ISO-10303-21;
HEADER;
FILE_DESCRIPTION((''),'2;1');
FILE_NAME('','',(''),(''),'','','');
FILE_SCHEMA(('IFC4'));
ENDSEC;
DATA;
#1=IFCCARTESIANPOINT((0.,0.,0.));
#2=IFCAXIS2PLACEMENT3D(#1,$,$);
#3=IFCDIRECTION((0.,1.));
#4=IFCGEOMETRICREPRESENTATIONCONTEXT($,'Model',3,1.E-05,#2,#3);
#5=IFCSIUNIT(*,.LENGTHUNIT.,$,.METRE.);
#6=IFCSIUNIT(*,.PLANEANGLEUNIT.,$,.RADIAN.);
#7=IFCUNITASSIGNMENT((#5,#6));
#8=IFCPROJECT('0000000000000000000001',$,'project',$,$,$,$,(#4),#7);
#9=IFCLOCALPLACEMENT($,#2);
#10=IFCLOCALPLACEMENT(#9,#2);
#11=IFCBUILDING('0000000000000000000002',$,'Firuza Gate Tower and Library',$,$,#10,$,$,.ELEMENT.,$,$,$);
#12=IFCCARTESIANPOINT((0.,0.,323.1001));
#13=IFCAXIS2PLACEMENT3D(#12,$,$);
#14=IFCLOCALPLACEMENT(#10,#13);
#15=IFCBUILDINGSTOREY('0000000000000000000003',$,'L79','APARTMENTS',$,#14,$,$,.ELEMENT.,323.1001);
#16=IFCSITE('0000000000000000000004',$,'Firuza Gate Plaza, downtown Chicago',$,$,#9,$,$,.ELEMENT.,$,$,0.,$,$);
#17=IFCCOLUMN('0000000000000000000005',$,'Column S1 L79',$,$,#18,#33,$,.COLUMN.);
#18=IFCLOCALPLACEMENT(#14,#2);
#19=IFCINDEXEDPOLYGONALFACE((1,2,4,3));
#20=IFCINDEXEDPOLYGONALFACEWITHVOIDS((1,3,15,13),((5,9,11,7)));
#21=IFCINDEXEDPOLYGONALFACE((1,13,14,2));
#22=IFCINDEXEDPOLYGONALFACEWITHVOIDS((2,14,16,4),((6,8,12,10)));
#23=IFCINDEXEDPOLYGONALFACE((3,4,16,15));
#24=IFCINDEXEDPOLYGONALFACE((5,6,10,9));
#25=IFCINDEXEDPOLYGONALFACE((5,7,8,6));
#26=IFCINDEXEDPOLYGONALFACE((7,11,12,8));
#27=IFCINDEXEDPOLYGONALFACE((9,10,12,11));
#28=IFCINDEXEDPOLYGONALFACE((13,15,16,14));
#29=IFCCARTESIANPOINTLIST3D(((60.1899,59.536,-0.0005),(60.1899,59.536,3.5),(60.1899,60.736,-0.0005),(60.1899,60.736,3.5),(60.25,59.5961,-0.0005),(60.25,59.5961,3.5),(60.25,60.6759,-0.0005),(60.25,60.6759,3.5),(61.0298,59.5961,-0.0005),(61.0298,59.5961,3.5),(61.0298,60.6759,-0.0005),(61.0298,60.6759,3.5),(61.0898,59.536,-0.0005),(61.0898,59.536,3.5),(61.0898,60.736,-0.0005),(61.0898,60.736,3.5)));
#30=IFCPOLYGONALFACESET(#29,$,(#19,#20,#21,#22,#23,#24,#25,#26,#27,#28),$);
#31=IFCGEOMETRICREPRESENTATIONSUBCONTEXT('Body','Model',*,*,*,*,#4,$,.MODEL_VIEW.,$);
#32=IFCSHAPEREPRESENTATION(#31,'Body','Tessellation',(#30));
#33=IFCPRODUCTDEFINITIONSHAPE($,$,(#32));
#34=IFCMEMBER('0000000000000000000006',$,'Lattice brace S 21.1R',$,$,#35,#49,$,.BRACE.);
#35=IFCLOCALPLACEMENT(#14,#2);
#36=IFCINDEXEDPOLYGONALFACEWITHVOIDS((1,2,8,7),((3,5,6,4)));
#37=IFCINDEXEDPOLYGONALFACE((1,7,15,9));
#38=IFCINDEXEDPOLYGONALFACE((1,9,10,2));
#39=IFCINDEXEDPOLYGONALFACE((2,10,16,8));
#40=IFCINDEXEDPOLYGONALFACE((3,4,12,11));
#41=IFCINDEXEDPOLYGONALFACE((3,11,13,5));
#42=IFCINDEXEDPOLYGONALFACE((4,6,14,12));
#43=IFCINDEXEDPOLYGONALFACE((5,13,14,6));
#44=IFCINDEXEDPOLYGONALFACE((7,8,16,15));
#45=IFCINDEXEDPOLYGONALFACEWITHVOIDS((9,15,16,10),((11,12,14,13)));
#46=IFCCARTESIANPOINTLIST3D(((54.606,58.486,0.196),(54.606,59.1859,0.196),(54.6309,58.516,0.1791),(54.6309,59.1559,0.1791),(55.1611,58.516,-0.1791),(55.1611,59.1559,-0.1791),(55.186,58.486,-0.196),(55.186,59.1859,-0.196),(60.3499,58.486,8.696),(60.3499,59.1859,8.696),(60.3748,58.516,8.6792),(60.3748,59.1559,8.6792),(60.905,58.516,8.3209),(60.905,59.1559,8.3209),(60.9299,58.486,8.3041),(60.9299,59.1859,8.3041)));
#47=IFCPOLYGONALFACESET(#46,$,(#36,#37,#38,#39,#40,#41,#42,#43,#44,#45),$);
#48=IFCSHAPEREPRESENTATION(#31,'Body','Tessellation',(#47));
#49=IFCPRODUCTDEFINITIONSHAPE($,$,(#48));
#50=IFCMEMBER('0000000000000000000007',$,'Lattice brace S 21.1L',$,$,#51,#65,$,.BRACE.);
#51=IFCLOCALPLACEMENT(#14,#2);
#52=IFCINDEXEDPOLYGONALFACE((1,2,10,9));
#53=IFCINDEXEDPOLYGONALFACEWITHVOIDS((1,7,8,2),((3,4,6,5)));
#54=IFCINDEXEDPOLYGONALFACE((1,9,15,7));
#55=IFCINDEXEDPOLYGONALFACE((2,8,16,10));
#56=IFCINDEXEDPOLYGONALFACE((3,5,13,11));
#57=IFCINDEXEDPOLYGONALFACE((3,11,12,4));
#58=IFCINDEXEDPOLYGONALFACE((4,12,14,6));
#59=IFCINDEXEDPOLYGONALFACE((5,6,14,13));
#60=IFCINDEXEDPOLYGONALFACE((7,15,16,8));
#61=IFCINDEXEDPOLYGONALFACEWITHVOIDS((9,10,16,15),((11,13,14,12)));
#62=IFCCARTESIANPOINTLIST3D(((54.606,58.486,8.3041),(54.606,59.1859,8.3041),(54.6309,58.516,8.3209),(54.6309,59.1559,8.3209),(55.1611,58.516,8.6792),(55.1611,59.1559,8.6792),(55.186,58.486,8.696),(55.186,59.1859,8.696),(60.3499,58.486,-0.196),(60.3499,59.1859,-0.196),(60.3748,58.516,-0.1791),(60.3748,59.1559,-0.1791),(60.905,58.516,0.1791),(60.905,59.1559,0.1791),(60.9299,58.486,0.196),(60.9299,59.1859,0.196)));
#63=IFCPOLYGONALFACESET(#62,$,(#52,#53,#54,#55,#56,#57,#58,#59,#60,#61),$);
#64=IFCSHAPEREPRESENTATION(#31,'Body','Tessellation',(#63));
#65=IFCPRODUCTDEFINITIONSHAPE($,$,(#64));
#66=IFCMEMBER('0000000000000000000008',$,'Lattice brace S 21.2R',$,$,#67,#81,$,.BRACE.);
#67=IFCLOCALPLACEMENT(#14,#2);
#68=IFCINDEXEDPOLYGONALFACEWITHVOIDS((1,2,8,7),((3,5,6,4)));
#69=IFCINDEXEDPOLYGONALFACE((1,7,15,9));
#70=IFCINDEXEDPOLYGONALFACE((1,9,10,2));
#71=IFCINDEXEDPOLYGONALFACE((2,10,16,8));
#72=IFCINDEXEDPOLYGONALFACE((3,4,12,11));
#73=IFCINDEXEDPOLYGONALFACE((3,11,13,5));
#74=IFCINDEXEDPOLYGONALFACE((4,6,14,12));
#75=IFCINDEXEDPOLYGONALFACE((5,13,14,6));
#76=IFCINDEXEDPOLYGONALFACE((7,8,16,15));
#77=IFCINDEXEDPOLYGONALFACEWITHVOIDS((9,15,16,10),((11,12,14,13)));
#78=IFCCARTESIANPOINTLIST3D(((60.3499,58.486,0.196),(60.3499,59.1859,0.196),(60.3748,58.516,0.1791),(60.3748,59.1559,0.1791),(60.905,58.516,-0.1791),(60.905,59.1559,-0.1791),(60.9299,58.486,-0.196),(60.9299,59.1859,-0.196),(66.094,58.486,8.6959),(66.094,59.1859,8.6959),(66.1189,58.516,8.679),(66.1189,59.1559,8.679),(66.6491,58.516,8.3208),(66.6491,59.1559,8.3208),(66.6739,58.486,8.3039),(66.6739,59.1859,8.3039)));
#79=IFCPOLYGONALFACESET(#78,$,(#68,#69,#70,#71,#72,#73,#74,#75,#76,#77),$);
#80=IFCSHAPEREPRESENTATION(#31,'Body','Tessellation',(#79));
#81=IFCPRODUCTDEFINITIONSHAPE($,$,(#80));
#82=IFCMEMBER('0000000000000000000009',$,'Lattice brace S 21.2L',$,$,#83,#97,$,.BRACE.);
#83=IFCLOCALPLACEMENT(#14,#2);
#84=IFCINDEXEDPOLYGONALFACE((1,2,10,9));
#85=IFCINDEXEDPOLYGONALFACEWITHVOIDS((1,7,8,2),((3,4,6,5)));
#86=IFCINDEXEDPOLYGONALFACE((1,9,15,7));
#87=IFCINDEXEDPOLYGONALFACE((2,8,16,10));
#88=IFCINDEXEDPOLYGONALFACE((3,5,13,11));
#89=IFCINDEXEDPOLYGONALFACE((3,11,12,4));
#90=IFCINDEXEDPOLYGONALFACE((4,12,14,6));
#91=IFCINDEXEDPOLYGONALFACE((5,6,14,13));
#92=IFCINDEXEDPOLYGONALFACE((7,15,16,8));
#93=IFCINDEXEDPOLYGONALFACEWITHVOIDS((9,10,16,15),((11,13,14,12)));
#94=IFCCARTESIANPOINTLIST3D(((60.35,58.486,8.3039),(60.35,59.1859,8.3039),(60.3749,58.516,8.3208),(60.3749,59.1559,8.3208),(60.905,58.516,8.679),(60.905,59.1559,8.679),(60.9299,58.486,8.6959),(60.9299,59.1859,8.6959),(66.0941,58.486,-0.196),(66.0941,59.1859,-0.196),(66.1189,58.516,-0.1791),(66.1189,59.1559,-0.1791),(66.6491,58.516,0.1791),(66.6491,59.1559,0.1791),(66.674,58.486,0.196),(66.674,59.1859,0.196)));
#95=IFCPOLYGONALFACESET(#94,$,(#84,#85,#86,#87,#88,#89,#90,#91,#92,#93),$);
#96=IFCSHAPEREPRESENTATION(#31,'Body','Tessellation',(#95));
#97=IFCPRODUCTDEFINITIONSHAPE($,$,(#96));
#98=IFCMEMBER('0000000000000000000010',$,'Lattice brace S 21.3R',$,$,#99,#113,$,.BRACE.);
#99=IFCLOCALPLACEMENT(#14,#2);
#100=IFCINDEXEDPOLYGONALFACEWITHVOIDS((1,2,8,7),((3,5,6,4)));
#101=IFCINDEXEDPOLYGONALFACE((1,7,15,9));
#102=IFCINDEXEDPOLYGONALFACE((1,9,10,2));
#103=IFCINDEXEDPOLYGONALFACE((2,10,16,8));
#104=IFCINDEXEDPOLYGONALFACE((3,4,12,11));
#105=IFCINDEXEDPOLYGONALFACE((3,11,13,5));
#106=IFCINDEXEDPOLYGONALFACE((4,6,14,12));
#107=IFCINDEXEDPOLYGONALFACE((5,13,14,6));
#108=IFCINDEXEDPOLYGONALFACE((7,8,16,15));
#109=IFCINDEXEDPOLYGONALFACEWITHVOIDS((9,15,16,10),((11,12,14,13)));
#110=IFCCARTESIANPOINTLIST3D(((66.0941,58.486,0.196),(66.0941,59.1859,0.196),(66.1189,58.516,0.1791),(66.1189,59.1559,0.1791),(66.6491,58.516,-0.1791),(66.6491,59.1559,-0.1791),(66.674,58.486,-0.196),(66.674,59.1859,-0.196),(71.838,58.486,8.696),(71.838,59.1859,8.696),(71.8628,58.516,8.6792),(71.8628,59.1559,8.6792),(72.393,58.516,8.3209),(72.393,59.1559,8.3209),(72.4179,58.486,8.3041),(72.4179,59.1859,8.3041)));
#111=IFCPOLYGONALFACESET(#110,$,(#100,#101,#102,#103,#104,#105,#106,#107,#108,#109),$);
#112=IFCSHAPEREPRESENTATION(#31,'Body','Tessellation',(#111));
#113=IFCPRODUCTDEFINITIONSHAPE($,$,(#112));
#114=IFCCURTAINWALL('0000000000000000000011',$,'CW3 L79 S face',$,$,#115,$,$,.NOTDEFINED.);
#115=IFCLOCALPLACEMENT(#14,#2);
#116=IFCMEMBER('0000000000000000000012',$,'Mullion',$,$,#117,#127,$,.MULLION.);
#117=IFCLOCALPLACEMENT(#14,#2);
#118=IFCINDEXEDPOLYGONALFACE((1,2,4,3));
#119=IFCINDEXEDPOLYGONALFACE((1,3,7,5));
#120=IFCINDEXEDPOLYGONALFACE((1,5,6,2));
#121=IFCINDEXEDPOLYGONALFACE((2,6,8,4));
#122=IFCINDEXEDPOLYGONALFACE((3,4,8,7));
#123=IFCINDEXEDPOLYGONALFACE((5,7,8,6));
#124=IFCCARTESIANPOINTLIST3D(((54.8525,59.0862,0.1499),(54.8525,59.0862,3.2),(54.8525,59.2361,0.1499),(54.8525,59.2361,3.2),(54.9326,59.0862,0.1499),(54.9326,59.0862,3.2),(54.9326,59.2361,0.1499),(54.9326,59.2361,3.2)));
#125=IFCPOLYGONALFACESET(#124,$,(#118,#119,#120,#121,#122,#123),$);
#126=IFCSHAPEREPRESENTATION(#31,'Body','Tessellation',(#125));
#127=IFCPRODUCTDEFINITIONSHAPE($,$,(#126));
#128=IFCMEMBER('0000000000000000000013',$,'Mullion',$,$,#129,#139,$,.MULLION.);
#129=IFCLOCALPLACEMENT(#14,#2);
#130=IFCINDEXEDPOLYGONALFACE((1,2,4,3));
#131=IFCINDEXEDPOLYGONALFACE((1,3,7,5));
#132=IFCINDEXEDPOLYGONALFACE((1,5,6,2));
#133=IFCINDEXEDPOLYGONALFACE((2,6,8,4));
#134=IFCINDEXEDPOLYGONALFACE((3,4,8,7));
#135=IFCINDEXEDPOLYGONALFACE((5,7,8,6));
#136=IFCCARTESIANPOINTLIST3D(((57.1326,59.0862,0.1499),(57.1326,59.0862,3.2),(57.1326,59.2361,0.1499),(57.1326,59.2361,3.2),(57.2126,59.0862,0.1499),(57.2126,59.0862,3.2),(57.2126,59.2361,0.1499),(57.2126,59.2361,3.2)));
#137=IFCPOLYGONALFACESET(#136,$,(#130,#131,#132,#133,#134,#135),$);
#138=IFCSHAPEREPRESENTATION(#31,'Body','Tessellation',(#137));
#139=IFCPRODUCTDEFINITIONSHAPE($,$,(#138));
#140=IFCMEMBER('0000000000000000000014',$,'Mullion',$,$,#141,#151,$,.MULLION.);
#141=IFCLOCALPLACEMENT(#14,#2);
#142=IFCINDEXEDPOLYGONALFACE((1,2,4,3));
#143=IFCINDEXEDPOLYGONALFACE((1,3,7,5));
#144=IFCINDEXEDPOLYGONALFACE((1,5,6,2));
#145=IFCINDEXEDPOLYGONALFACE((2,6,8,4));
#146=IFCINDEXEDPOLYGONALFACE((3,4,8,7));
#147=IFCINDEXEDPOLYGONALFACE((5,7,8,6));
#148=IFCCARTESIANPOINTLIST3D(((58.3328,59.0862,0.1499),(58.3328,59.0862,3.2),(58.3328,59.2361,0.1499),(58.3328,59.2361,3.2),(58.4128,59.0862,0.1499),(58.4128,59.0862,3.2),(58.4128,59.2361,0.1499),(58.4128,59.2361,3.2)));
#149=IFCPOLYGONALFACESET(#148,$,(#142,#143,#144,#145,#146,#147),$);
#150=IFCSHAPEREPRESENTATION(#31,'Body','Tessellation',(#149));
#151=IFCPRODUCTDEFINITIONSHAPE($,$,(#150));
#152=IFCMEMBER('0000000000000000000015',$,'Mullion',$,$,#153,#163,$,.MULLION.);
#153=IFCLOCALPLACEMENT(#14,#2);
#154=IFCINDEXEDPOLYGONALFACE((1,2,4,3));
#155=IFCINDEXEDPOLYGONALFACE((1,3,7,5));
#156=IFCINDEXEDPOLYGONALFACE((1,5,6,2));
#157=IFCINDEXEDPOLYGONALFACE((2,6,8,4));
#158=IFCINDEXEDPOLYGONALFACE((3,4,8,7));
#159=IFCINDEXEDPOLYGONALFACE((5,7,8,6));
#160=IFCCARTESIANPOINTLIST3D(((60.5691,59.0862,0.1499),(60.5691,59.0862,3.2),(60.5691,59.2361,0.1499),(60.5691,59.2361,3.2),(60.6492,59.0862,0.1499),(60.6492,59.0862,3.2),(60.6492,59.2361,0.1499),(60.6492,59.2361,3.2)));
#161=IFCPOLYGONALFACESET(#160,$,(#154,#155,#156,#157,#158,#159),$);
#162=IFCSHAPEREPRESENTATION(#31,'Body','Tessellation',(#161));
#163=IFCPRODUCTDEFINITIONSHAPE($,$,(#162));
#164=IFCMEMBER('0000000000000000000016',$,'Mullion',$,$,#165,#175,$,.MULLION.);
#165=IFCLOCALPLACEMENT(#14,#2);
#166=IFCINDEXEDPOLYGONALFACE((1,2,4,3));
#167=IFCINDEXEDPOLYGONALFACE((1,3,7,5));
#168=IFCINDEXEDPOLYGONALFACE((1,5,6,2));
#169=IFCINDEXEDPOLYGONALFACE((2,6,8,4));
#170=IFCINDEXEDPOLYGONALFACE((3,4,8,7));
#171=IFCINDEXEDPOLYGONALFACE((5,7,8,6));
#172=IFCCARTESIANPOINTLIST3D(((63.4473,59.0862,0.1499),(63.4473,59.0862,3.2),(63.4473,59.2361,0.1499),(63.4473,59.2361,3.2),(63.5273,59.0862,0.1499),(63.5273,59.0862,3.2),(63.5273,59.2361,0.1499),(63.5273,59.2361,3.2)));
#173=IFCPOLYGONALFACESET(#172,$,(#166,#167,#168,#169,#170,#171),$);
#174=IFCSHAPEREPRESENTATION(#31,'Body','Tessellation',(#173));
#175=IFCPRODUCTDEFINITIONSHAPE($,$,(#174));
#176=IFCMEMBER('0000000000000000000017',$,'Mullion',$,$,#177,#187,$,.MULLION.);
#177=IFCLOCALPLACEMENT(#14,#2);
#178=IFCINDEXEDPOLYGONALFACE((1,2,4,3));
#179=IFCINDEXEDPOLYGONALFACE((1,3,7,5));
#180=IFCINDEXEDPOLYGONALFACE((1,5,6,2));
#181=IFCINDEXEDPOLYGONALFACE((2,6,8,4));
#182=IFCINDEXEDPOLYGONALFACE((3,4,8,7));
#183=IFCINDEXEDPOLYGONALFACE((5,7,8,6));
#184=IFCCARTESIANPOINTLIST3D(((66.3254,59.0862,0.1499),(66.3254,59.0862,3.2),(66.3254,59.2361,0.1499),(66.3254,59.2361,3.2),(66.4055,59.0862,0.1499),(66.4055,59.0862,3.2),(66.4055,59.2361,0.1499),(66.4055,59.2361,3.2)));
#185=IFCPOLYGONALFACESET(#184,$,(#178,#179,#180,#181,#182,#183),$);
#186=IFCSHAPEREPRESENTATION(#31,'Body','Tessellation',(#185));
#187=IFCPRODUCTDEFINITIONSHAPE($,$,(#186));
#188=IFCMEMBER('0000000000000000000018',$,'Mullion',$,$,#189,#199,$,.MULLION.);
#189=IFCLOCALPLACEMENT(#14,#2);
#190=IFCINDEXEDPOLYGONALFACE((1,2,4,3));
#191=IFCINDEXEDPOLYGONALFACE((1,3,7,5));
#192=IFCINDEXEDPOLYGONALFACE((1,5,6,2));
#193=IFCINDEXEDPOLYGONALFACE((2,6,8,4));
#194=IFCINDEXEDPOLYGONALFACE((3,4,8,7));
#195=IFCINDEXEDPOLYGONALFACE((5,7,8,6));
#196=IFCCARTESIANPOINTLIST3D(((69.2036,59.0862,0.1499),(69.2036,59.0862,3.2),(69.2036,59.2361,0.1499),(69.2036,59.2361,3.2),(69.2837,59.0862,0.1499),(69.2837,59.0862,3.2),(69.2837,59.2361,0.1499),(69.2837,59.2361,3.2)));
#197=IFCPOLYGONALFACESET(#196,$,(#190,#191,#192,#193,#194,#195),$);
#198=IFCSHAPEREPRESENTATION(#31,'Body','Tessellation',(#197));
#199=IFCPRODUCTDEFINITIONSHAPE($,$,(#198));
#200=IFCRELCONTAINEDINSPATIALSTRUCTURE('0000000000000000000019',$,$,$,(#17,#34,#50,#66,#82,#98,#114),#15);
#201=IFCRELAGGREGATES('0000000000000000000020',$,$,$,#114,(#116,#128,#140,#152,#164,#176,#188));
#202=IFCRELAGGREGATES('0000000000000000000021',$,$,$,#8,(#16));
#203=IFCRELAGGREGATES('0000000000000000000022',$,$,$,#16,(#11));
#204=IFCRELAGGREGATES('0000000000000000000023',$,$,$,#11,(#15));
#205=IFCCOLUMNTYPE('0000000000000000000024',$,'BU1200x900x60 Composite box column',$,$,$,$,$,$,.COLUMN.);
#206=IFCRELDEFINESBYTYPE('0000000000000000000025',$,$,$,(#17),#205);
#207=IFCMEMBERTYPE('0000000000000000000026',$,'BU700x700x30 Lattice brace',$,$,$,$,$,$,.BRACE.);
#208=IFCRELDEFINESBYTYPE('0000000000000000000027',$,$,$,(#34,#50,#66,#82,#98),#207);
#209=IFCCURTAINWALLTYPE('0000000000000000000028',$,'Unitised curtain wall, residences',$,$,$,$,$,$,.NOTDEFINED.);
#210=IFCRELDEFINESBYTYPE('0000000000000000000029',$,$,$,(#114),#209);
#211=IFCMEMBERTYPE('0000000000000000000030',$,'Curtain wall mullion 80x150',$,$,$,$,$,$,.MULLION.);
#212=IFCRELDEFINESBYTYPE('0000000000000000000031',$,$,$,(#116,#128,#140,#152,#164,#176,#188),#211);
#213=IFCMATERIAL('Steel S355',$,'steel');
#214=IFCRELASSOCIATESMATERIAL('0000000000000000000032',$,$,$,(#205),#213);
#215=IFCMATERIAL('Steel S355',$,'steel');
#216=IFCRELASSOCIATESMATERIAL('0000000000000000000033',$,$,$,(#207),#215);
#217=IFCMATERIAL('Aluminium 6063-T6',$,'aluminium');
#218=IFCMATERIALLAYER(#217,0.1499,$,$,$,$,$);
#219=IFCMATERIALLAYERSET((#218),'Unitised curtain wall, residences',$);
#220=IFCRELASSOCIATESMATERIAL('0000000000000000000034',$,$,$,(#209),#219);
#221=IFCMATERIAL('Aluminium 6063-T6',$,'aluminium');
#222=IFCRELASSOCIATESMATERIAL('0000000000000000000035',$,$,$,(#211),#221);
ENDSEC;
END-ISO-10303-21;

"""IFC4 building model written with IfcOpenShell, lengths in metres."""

from ifc_helpers import new_model, si_unit, direction, frame, origin, origin_2d, place, context, subcontext, project, spatial, rectangle, hollow_rectangle, extrude, material, layer, layer_set, material_profile, profile_set, type_object, element, aggregate, save


model = new_model("IFC4")

# Units and contexts
model_context = context("Model", 3, precision=1e-05, world=origin(), true_north=direction((0.0, 1.0)))
body_context = subcontext(model_context, "Body", "Model", "MODEL_VIEW")
ifc_project = project(units=[si_unit("LENGTHUNIT", "METRE"), si_unit("PLANEANGLEUNIT", "RADIAN")], contexts=[model_context])

# Site, building, storey
site_placement = place(None, origin())
site = spatial("IfcSite", under=ifc_project, at=site_placement, Name="Firuza Gate Plaza, downtown Chicago", CompositionType="ELEMENT", RefElevation=0.0)
building_placement = place(site_placement, origin())
building = spatial("IfcBuilding", under=site, at=building_placement, Name="Firuza Gate Tower and Library", CompositionType="ELEMENT")
storey_placement = place(building_placement, frame((0.0, 0.0, 323.1001)))
storey = spatial("IfcBuildingStorey", under=building, at=storey_placement, Name="L79", Description="APARTMENTS", CompositionType="ELEMENT", Elevation=323.1001)

# Column
ifc_material_1 = material(Name="Steel S355", Category="steel")
ifc_material_profile_1 = material_profile(ifc_material_1, hollow_rectangle(XDim=0.8999, YDim=1.2, WallThickness=0.0601, at=origin_2d()))
ifc_profile_set_1 = profile_set([ifc_material_profile_1], Name="Steel S355")
column_type = type_object("IfcColumnType", Name="BU1200x900x60 Composite box column", PredefinedType="COLUMN", material=ifc_profile_set_1)
column_placement = place(storey_placement, frame((60.6399, 60.136, -0.0005), z_axis=(0.0, 0.0, 1.0), x_axis=(1.0, 0.0, 0.0)))
element("IfcColumn", 1, at=column_placement, inside=storey, type_object=column_type, Name="Column S1 L79", PredefinedType="COLUMN", context=body_context, shape_type="SweptSolid", body=[
    extrude(hollow_rectangle(XDim=0.8999, YDim=1.2, WallThickness=0.0601, at=origin_2d()), origin(), (0.0, 0.0, 1.0), 3.5005),
])

# Members
ifc_material_2 = material(Name="Steel S355", Category="steel")
ifc_material_profile_2 = material_profile(ifc_material_2, hollow_rectangle(XDim=0.7, YDim=0.7, WallThickness=0.03, at=origin_2d()))
ifc_profile_set_2 = profile_set([ifc_material_profile_2], Name="Steel S355")
member_type_1 = type_object("IfcMemberType", Name="BU700x700x30 Lattice brace", PredefinedType="BRACE", material=ifc_profile_set_2)
for number, where, z_axis, x_axis, name in (
    (2, (54.896, 58.8359, 0.0), (0.559901, 0.0, 0.828559), (0.0, 1.0, 0.0), "Lattice brace S 21.1R"),
    (3, (60.6399, 58.8359, 0.0), (-0.559901, 0.0, 0.828559), (0.0, -1.0, 0.0), "Lattice brace S 21.1L"),
    (4, (60.6399, 58.8359, 0.0), (0.559917, 0.0, 0.828548), (0.0, 1.0, 0.0), "Lattice brace S 21.2R"),
    (5, (66.384, 58.8359, 0.0), (-0.559917, 0.0, 0.828548), (0.0, -1.0, 0.0), "Lattice brace S 21.2L"),
    (6, (66.384, 58.8359, 0.0), (0.559901, 0.0, 0.828559), (0.0, 1.0, 0.0), "Lattice brace S 21.3R"),
):
    element("IfcMember", number, at=place(storey_placement, frame(where, z_axis=z_axis, x_axis=x_axis)), inside=storey, type_object=member_type_1, Name=name, PredefinedType="BRACE", context=body_context, shape_type="SweptSolid", body=[
        extrude(hollow_rectangle(XDim=0.7, YDim=0.7, WallThickness=0.03, at=origin_2d()), origin(), (0.0, 0.0, 1.0), 10.2588),
    ])

# Curtain wall, members
ifc_material_3 = material(Name="Aluminium 6063-T6", Category="aluminium")
ifc_layer_1 = layer(ifc_material_3, 0.1499)
ifc_layer_set_1 = layer_set([ifc_layer_1], Name="Unitised curtain wall, residences")
curtain_wall_type = type_object("IfcCurtainWallType", Name="Unitised curtain wall, residences", PredefinedType="NOTDEFINED", material=ifc_layer_set_1)
curtain_wall_placement = place(storey_placement, origin())
curtain_wall = element("IfcCurtainWall", 7, at=curtain_wall_placement, inside=storey, type_object=curtain_wall_type, Name="CW3 L79 S face", PredefinedType="NOTDEFINED")
ifc_material_4 = material(Name="Aluminium 6063-T6", Category="aluminium")
ifc_material_profile_3 = material_profile(ifc_material_4, rectangle(XDim=0.1499, YDim=0.0801, at=origin_2d()))
ifc_profile_set_3 = profile_set([ifc_material_profile_3], Name="Aluminium 6063-T6")
member_type_2 = type_object("IfcMemberType", Name="Curtain wall mullion 80x150", PredefinedType="MULLION", material=ifc_profile_set_3)
member_1_placement = place(storey_placement, frame((54.8926, 59.1611, 0.1499), z_axis=(0.0, 0.0, 1.0), x_axis=(0.0, 1.0, 0.0)))
member_1 = element("IfcMember", 8, at=member_1_placement, type_object=member_type_2, Name="Mullion", PredefinedType="MULLION", context=body_context, shape_type="SweptSolid", body=[
    extrude(rectangle(XDim=0.1499, YDim=0.0801, at=origin_2d()), origin(), (0.0, 0.0, 1.0), 3.05),
])
member_2_placement = place(storey_placement, frame((57.1726, 59.1611, 0.1499), z_axis=(0.0, 0.0, 1.0), x_axis=(0.0, 1.0, 0.0)))
member_2 = element("IfcMember", 9, at=member_2_placement, type_object=member_type_2, Name="Mullion", PredefinedType="MULLION", context=body_context, shape_type="SweptSolid", body=[
    extrude(rectangle(XDim=0.1499, YDim=0.0801, at=origin_2d()), origin(), (0.0, 0.0, 1.0), 3.05),
])
member_3_placement = place(storey_placement, frame((58.3728, 59.1611, 0.1499), z_axis=(0.0, 0.0, 1.0), x_axis=(0.0, 1.0, 0.0)))
member_3 = element("IfcMember", 10, at=member_3_placement, type_object=member_type_2, Name="Mullion", PredefinedType="MULLION", context=body_context, shape_type="SweptSolid", body=[
    extrude(rectangle(XDim=0.1499, YDim=0.0801, at=origin_2d()), origin(), (0.0, 0.0, 1.0), 3.05),
])
member_4_placement = place(storey_placement, frame((60.6091, 59.1611, 0.1499), z_axis=(0.0, 0.0, 1.0), x_axis=(0.0, 1.0, 0.0)))
member_4 = element("IfcMember", 11, at=member_4_placement, type_object=member_type_2, Name="Mullion", PredefinedType="MULLION", context=body_context, shape_type="SweptSolid", body=[
    extrude(rectangle(XDim=0.1499, YDim=0.0801, at=origin_2d()), origin(), (0.0, 0.0, 1.0), 3.05),
])
member_5_placement = place(storey_placement, frame((63.4873, 59.1611, 0.1499), z_axis=(0.0, 0.0, 1.0), x_axis=(0.0, 1.0, 0.0)))
member_5 = element("IfcMember", 12, at=member_5_placement, type_object=member_type_2, Name="Mullion", PredefinedType="MULLION", context=body_context, shape_type="SweptSolid", body=[
    extrude(rectangle(XDim=0.1499, YDim=0.0801, at=origin_2d()), origin(), (0.0, 0.0, 1.0), 3.05),
])
member_6_placement = place(storey_placement, frame((66.3655, 59.1611, 0.1499), z_axis=(0.0, 0.0, 1.0), x_axis=(0.0, 1.0, 0.0)))
member_6 = element("IfcMember", 13, at=member_6_placement, type_object=member_type_2, Name="Mullion", PredefinedType="MULLION", context=body_context, shape_type="SweptSolid", body=[
    extrude(rectangle(XDim=0.1499, YDim=0.0801, at=origin_2d()), origin(), (0.0, 0.0, 1.0), 3.05),
])
member_7_placement = place(storey_placement, frame((69.2437, 59.1611, 0.1499), z_axis=(0.0, 0.0, 1.0), x_axis=(0.0, 1.0, 0.0)))
member_7 = element("IfcMember", 14, at=member_7_placement, type_object=member_type_2, Name="Mullion", PredefinedType="MULLION", context=body_context, shape_type="SweptSolid", body=[
    extrude(rectangle(XDim=0.1499, YDim=0.0801, at=origin_2d()), origin(), (0.0, 0.0, 1.0), 3.05),
])

aggregate(curtain_wall, [member_1, member_2, member_3, member_4, member_5, member_6, member_7])

save(model, "model.ifc")
